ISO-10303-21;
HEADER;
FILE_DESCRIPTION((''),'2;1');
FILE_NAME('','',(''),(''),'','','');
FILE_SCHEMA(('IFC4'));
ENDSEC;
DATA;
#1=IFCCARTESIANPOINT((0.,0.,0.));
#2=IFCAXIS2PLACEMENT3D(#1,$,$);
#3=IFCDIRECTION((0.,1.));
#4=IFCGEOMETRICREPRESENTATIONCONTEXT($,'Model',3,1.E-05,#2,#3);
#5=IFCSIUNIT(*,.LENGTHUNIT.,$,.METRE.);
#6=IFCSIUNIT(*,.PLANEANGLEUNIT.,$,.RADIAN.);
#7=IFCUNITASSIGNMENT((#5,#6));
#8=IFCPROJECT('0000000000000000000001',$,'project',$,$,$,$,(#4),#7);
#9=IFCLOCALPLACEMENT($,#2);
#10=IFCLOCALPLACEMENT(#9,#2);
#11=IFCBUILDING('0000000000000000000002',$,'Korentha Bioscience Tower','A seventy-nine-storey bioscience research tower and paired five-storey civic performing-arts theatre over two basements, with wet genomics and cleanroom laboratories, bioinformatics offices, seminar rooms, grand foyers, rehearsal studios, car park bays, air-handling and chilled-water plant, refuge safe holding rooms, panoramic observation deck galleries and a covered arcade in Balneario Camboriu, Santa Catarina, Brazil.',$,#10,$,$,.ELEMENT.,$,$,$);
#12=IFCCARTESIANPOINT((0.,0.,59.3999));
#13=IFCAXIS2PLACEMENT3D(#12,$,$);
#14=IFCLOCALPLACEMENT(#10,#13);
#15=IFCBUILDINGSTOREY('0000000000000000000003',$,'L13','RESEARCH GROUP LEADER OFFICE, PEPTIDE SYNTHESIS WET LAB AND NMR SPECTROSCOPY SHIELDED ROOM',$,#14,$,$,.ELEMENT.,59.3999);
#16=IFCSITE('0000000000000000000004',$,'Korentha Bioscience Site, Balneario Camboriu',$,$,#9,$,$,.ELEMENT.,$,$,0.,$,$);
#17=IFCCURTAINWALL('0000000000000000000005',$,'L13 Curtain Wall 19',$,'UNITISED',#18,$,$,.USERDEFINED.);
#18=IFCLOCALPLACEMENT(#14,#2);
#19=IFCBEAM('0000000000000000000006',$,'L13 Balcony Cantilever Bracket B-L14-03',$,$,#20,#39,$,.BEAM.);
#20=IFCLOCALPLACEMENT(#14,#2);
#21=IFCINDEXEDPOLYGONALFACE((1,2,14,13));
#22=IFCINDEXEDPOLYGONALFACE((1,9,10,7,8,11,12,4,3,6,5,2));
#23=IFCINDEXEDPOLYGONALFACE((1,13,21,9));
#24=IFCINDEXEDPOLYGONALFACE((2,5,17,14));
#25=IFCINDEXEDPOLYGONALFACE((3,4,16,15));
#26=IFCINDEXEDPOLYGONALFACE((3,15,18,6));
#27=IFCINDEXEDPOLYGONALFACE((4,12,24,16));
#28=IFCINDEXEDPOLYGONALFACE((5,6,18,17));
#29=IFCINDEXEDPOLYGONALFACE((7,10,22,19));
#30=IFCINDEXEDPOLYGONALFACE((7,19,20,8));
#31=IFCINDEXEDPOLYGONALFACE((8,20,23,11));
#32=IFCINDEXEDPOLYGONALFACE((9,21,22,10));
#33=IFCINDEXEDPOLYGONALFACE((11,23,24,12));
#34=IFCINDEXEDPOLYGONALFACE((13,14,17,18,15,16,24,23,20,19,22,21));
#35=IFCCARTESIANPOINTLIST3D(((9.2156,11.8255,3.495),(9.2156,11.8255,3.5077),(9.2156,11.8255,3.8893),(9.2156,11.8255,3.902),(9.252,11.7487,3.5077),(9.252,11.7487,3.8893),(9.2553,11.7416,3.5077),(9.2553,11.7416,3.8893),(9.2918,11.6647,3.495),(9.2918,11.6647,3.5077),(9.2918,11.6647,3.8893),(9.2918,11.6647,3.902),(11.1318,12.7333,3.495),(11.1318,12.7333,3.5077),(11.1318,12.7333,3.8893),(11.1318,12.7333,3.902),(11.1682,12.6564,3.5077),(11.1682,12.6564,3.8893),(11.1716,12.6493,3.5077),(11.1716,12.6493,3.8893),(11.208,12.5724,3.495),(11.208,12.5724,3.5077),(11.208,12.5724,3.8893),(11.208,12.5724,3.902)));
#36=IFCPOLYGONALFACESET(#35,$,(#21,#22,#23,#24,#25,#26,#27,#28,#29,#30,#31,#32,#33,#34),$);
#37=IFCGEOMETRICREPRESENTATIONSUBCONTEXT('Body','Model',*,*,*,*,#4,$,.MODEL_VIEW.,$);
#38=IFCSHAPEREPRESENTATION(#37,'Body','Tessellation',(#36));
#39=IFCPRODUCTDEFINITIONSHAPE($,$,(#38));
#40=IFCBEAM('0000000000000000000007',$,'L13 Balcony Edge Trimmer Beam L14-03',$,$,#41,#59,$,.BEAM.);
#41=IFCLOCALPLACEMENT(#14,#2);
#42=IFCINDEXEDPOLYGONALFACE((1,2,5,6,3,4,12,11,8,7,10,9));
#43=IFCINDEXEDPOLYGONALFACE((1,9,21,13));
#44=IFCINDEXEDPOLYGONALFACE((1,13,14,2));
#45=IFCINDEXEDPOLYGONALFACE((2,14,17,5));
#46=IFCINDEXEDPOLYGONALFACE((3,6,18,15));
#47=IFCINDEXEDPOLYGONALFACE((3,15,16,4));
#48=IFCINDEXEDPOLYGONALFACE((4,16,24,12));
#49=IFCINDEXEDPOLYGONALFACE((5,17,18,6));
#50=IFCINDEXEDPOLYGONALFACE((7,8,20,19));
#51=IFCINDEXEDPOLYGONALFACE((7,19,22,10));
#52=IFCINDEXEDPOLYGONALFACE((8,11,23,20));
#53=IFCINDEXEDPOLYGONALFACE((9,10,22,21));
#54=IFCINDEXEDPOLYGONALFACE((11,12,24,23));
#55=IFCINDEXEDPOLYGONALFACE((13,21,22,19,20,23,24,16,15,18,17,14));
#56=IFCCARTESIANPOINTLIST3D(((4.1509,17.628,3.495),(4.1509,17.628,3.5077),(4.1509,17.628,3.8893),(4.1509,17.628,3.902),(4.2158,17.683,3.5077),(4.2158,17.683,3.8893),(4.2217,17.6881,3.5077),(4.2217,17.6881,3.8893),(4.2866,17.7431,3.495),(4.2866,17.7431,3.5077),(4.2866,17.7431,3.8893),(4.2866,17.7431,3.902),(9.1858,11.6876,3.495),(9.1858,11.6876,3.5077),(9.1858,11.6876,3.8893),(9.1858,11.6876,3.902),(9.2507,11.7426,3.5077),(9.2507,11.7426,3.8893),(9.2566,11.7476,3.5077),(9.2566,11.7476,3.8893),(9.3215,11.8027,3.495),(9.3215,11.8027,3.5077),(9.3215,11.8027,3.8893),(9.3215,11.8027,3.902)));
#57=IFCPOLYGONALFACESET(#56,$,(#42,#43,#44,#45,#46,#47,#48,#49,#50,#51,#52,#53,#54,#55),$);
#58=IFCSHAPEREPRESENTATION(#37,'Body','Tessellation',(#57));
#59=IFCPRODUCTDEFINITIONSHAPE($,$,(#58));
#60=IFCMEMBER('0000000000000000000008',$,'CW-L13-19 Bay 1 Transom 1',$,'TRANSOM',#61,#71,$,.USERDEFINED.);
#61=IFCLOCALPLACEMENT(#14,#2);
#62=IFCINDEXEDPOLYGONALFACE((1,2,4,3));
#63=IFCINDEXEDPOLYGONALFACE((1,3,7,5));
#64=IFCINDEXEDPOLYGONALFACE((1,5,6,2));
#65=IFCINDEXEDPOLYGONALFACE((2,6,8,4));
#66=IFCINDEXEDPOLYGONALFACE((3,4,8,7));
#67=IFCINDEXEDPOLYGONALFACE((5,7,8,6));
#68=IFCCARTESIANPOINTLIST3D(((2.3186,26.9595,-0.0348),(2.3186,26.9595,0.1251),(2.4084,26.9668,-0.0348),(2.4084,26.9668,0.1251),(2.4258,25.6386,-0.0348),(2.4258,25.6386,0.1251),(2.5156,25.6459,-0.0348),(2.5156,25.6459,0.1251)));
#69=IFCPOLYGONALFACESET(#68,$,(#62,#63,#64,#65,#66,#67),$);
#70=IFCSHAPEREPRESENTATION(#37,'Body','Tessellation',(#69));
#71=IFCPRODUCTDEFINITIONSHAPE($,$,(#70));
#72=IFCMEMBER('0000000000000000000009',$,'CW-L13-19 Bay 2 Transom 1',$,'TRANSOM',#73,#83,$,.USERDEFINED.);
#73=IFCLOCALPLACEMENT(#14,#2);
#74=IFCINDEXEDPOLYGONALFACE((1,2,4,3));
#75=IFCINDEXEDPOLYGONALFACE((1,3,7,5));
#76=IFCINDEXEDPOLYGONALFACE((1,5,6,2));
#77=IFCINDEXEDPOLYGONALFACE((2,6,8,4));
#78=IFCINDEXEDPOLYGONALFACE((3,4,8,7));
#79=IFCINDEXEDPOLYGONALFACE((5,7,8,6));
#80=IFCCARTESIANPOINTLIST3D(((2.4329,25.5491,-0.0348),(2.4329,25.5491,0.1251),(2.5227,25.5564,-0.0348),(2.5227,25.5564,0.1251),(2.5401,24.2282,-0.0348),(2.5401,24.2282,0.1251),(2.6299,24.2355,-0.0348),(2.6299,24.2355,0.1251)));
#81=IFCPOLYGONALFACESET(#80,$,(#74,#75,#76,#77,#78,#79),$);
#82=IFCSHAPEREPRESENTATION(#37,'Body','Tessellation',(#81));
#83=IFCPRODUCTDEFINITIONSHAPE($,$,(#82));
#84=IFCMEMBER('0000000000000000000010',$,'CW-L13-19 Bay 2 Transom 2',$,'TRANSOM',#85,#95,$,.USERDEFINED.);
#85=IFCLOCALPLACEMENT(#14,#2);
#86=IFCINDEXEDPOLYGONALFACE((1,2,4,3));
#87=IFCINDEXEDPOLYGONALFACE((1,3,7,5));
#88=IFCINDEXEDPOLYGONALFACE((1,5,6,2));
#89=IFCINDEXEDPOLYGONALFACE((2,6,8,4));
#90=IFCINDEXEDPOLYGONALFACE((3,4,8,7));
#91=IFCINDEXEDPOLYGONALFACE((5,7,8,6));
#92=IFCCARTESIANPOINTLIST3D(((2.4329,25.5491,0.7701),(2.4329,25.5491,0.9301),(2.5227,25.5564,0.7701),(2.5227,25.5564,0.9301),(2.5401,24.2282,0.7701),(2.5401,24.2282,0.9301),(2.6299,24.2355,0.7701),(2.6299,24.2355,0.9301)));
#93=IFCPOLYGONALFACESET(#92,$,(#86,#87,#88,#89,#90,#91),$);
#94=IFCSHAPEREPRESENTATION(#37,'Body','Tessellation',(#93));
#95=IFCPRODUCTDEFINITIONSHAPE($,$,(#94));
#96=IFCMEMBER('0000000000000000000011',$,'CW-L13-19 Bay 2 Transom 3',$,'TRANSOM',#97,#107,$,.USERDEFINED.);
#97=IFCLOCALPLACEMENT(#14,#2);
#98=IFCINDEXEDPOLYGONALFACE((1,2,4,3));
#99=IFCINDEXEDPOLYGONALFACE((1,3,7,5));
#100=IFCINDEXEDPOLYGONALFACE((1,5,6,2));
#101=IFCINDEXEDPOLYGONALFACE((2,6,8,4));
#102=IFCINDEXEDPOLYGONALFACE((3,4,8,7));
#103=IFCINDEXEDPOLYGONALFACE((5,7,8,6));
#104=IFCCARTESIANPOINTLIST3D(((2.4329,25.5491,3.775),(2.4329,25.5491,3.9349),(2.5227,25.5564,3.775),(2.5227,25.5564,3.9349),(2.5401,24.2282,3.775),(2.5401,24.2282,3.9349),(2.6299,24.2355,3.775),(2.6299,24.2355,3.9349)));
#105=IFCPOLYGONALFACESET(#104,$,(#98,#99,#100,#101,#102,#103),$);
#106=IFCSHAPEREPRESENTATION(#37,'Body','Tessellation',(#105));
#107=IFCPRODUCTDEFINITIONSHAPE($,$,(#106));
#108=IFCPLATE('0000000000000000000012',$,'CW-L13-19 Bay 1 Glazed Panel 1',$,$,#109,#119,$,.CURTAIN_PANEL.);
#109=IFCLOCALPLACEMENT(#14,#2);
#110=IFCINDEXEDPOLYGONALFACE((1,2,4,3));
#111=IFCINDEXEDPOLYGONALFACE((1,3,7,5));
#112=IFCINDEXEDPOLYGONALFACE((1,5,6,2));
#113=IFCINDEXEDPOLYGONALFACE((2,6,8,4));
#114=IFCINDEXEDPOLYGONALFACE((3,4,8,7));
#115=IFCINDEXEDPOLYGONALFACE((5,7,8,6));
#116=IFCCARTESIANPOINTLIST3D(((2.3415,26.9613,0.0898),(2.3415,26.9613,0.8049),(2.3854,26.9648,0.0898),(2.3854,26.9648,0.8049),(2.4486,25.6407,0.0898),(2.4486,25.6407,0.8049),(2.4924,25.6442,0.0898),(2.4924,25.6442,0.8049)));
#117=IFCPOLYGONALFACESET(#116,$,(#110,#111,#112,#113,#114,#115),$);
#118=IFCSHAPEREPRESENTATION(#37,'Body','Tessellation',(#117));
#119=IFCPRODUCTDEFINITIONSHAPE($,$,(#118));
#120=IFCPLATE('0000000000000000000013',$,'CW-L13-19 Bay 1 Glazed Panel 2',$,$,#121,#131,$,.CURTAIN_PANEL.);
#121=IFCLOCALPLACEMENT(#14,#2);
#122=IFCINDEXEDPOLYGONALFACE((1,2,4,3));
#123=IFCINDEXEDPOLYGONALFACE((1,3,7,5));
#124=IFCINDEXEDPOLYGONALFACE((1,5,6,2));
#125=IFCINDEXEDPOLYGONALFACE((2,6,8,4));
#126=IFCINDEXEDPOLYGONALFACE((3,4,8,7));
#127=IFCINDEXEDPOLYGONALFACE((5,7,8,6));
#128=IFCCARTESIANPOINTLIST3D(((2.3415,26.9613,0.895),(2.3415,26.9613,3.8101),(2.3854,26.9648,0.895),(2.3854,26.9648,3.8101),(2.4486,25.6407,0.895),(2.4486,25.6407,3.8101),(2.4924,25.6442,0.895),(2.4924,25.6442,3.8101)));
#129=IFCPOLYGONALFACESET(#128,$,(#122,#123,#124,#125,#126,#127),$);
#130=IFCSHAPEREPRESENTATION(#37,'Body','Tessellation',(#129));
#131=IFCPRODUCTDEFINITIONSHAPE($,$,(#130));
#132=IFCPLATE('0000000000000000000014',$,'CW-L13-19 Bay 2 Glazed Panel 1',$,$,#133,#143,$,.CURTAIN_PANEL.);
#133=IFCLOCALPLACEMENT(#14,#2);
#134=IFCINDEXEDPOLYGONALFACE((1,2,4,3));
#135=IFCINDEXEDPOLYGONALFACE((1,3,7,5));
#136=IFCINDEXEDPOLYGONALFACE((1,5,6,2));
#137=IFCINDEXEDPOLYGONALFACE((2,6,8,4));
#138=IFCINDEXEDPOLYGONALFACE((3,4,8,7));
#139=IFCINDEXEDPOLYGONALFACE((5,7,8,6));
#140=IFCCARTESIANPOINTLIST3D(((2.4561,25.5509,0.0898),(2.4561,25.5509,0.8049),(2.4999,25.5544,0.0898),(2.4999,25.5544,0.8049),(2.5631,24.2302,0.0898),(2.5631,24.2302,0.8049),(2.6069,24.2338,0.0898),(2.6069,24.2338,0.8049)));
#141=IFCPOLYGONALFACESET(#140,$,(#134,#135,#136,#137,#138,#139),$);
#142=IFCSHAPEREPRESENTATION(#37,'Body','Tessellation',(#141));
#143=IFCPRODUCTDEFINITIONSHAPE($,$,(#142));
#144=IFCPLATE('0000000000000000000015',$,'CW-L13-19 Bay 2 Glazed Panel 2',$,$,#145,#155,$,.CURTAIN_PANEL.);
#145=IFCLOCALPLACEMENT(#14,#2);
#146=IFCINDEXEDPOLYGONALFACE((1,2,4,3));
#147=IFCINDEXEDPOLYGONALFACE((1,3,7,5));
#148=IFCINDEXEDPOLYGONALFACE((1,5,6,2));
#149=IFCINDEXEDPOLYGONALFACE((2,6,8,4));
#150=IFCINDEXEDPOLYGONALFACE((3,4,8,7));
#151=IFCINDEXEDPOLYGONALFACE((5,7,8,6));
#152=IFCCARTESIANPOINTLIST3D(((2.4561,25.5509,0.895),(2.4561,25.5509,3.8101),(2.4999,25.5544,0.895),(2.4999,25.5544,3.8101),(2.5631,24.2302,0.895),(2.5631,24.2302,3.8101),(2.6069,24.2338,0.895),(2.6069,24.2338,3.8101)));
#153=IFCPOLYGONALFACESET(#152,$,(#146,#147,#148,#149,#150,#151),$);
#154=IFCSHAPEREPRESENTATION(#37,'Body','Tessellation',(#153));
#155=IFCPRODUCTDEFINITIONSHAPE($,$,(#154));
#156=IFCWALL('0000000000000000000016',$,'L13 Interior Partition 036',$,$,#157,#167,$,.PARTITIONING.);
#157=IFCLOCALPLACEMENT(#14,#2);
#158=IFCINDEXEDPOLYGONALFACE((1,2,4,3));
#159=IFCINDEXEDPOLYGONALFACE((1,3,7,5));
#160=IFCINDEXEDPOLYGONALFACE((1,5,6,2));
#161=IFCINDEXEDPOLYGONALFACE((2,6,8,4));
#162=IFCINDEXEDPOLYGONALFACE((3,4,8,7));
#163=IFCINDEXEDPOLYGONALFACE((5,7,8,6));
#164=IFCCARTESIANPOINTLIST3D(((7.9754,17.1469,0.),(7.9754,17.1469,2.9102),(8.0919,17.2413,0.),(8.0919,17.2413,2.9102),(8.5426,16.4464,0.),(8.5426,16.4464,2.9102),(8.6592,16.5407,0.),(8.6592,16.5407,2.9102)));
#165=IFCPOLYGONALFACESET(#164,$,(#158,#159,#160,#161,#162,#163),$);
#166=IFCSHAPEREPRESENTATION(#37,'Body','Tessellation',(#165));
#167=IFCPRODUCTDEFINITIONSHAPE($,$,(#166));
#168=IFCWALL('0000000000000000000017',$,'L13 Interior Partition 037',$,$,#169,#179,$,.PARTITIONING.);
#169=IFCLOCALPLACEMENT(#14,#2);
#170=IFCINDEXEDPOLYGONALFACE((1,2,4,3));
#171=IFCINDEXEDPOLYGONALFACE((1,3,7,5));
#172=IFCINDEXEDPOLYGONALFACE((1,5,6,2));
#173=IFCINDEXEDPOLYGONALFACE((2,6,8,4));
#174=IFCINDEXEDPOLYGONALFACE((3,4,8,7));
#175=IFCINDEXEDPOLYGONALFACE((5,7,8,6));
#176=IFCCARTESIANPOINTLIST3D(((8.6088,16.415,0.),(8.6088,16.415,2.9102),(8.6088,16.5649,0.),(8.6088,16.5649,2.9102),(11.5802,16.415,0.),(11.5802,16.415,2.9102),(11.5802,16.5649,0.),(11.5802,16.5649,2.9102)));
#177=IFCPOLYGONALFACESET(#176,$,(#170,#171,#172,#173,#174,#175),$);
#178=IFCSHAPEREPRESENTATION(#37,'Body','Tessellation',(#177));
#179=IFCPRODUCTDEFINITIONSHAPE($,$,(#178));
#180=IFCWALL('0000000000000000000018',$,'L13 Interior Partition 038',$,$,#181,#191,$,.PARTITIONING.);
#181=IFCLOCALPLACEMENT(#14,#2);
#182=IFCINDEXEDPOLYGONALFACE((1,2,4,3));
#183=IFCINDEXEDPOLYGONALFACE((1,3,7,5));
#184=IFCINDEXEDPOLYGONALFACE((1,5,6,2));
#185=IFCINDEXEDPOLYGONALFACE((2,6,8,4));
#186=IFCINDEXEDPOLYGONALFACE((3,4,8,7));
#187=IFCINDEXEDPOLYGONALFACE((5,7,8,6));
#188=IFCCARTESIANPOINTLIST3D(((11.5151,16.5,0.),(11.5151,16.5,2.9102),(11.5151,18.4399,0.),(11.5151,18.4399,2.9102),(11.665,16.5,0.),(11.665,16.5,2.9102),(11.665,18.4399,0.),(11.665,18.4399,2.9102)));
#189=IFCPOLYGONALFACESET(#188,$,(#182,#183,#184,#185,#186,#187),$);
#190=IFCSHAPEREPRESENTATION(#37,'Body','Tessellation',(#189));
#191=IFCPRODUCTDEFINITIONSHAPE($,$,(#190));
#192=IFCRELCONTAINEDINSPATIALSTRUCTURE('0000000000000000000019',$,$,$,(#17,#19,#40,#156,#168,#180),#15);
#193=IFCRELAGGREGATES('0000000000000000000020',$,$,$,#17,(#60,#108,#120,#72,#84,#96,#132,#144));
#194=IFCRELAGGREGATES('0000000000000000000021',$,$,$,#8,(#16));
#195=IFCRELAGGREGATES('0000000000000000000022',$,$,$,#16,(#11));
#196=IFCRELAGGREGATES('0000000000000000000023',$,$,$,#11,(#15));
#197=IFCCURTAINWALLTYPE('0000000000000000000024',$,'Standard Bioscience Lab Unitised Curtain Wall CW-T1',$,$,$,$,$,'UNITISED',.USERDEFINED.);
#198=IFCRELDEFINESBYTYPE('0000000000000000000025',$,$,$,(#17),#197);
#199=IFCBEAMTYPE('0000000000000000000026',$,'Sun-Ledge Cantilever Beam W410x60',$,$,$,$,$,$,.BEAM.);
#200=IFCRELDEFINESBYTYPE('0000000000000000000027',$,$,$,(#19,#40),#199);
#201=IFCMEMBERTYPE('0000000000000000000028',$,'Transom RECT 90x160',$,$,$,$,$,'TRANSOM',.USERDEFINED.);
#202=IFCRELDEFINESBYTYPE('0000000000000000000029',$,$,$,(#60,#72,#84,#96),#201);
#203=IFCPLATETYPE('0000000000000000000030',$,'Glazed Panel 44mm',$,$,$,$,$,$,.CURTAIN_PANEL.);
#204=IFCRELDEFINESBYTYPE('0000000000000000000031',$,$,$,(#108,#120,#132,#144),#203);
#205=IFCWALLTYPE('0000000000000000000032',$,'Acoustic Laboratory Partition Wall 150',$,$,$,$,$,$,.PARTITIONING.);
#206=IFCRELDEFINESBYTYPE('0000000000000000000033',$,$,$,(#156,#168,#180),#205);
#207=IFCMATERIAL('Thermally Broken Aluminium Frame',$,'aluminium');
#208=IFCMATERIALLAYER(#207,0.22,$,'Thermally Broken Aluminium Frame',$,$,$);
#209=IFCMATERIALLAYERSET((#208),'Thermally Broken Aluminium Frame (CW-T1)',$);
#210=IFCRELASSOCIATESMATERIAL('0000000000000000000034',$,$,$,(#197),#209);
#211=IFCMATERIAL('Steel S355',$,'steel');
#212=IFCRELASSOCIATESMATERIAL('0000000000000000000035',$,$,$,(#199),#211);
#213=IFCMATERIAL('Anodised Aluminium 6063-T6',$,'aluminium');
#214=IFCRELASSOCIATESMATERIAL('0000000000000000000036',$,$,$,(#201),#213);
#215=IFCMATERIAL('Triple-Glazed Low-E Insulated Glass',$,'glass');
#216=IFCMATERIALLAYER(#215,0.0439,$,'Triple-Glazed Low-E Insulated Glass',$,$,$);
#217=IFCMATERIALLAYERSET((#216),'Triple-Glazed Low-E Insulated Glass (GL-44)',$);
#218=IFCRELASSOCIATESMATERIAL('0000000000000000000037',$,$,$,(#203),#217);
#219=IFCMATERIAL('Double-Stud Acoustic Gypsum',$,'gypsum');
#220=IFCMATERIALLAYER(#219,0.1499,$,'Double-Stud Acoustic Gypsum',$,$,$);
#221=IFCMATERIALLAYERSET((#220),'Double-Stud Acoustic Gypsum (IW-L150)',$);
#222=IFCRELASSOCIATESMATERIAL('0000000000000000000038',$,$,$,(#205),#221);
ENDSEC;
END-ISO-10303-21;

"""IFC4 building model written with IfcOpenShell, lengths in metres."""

from ifc_helpers import new_model, si_unit, direction, frame, frame_2d, origin, origin_2d, place, context, subcontext, project, spatial, rectangle, i_section, extrude, material, layer, layer_set, material_profile, profile_set, type_object, element, aggregate, save


model = new_model("IFC4")

# Units and contexts
model_context = context("Model", 3, precision=1e-05, world=origin(), true_north=direction((0.0, 1.0)))
body_context = subcontext(model_context, "Body", "Model", "MODEL_VIEW")
ifc_project = project(units=[si_unit("LENGTHUNIT", "METRE"), si_unit("PLANEANGLEUNIT", "RADIAN")], contexts=[model_context])

# Site, building, storey
site_placement = place(None, origin())
site = spatial("IfcSite", under=ifc_project, at=site_placement, Name="Korentha Bioscience Site, Balneario Camboriu", CompositionType="ELEMENT", RefElevation=0.0)
building_placement = place(site_placement, origin())
building = spatial("IfcBuilding", under=site, at=building_placement, Name="Korentha Bioscience Tower", Description="A seventy-nine-storey bioscience research tower and paired five-storey civic performing-arts theatre over two basements, with wet genomics and cleanroom laboratories, bioinformatics offices, seminar rooms, grand foyers, rehearsal studios, car park bays, air-handling and chilled-water plant, refuge safe holding rooms, panoramic observation deck galleries and a covered arcade in Balneario Camboriu, Santa Catarina, Brazil.", CompositionType="ELEMENT")
storey_placement = place(building_placement, frame((0.0, 0.0, 59.3999)))
storey = spatial("IfcBuildingStorey", under=building, at=storey_placement, Name="L13", Description="RESEARCH GROUP LEADER OFFICE, PEPTIDE SYNTHESIS WET LAB AND NMR SPECTROSCOPY SHIELDED ROOM", CompositionType="ELEMENT", Elevation=59.3999)

# Curtain wall
ifc_material_1 = material(Name="Thermally Broken Aluminium Frame", Category="aluminium")
ifc_layer_1 = layer(ifc_material_1, 0.22, Name="Thermally Broken Aluminium Frame")
ifc_layer_set_1 = layer_set([ifc_layer_1], Name="Thermally Broken Aluminium Frame (CW-T1)")
curtain_wall_type = type_object("IfcCurtainWallType", Name="Standard Bioscience Lab Unitised Curtain Wall CW-T1", ElementType="UNITISED", PredefinedType="USERDEFINED", material=ifc_layer_set_1)
curtain_wall_1_placement = place(storey_placement, origin())
curtain_wall_1 = element("IfcCurtainWall", 1, at=curtain_wall_1_placement, inside=storey, type_object=curtain_wall_type, Name="L13 Curtain Wall 19", ObjectType="UNITISED", PredefinedType="USERDEFINED")
ifc_material_2 = material(Name="Anodised Aluminium 6063-T6", Category="aluminium")

# Beams
ifc_material_3 = material(Name="Steel S355", Category="steel")
ifc_material_profile_1 = material_profile(ifc_material_3, i_section(OverallWidth=0.178, OverallDepth=0.407, WebThickness=0.0078, FlangeThickness=0.0127, at=origin_2d()), Name="Steel S355")
ifc_profile_set_1 = profile_set([ifc_material_profile_1], Name="Steel S355 (CB-410)")
beam_type_1 = type_object("IfcBeamType", Name="Sun-Ledge Cantilever Beam W410x60", PredefinedType="BEAM", material=ifc_profile_set_1)
beam_1_placement = place(storey_placement, frame((11.1699, 12.6528, 3.6985), z_axis=(-0.903735, -0.428091, 0.0), x_axis=(0.428091, -0.903735, 0.0)))
element("IfcBeam", 2, at=beam_1_placement, inside=storey, type_object=beam_type_1, Name="L13 Balcony Cantilever Bracket B-L14-03", PredefinedType="BEAM", context=body_context, shape_type="SweptSolid", body=[
    extrude(i_section(OverallWidth=0.178, OverallDepth=0.407, WebThickness=0.0078, FlangeThickness=0.0127, at=origin_2d()), origin(), (0.0, 0.0, 1.0), 2.1204),
])
beam_2_placement = place(storey_placement, frame((4.2188, 17.6855, 3.6985), z_axis=(0.64657, -0.762854, 0.0), x_axis=(0.762854, 0.64657, 0.0)))
element("IfcBeam", 3, at=beam_2_placement, inside=storey, type_object=beam_type_1, Name="L13 Balcony Edge Trimmer Beam L14-03", PredefinedType="BEAM", context=body_context, shape_type="SweptSolid", body=[
    extrude(i_section(OverallWidth=0.178, OverallDepth=0.407, WebThickness=0.0078, FlangeThickness=0.0127, at=origin_2d()), origin(), (0.0, 0.0, 1.0), 7.7871),
])

# Members
ifc_material_profile_2 = material_profile(ifc_material_2, rectangle(XDim=0.0901, YDim=0.1599, at=origin_2d()), Name="Anodised Aluminium 6063-T6")
ifc_profile_set_2 = profile_set([ifc_material_profile_2], Name="Anodised Aluminium 6063-T6 (CW-TRN)")
member_type_1 = type_object("IfcMemberType", Name="Transom RECT 90x160", ElementType="TRANSOM", PredefinedType="USERDEFINED", material=ifc_profile_set_2)
member_1_placement = place(storey_placement, frame((2.3635, 26.9631, 0.0452), z_axis=(0.08088, -0.996724, 0.0), x_axis=(0.996724, 0.08088, 0.0)))
member_1 = element("IfcMember", 4, at=member_1_placement, type_object=member_type_1, Name="CW-L13-19 Bay 1 Transom 1", ObjectType="TRANSOM", PredefinedType="USERDEFINED", context=body_context, shape_type="SweptSolid", body=[
    extrude(rectangle(XDim=0.0901, YDim=0.1599, at=origin_2d()), origin(), (0.0, 0.0, 1.0), 1.3252),
])
member_2_placement = place(storey_placement, frame((2.4778, 25.5527, 0.0452), z_axis=(0.08088, -0.996724, 0.0), x_axis=(0.996724, 0.08088, 0.0)))
member_2 = element("IfcMember", 5, at=member_2_placement, type_object=member_type_1, Name="CW-L13-19 Bay 2 Transom 1", ObjectType="TRANSOM", PredefinedType="USERDEFINED", context=body_context, shape_type="SweptSolid", body=[
    extrude(rectangle(XDim=0.0901, YDim=0.1599, at=origin_2d()), origin(), (0.0, 0.0, 1.0), 1.3252),
])
member_3_placement = place(storey_placement, frame((2.4778, 25.5527, 0.8501), z_axis=(0.08088, -0.996724, 0.0), x_axis=(0.996724, 0.08088, 0.0)))
member_3 = element("IfcMember", 6, at=member_3_placement, type_object=member_type_1, Name="CW-L13-19 Bay 2 Transom 2", ObjectType="TRANSOM", PredefinedType="USERDEFINED", context=body_context, shape_type="SweptSolid", body=[
    extrude(rectangle(XDim=0.0901, YDim=0.1599, at=origin_2d()), origin(), (0.0, 0.0, 1.0), 1.3252),
])
member_4_placement = place(storey_placement, frame((2.4778, 25.5527, 3.855), z_axis=(0.08088, -0.996724, 0.0), x_axis=(0.996724, 0.08088, 0.0)))
member_4 = element("IfcMember", 7, at=member_4_placement, type_object=member_type_1, Name="CW-L13-19 Bay 2 Transom 3", ObjectType="TRANSOM", PredefinedType="USERDEFINED", context=body_context, shape_type="SweptSolid", body=[
    extrude(rectangle(XDim=0.0901, YDim=0.1599, at=origin_2d()), origin(), (0.0, 0.0, 1.0), 1.3252),
])

# Plates
ifc_material_4 = material(Name="Triple-Glazed Low-E Insulated Glass", Category="glass")
ifc_layer_2 = layer(ifc_material_4, 0.0439, Name="Triple-Glazed Low-E Insulated Glass")
ifc_layer_set_2 = layer_set([ifc_layer_2], Name="Triple-Glazed Low-E Insulated Glass (GL-44)")
plate_type = type_object("IfcPlateType", Name="Glazed Panel 44mm", PredefinedType="CURTAIN_PANEL", material=ifc_layer_set_2)
plate_1_placement = place(storey_placement, frame((2.417, 26.3027, 0.0898), z_axis=(0.0, 0.0, 1.0), x_axis=(0.08082, -0.996729, 0.0)))
plate_1 = element("IfcPlate", 8, at=plate_1_placement, type_object=plate_type, Name="CW-L13-19 Bay 1 Glazed Panel 1", PredefinedType="CURTAIN_PANEL", context=body_context, shape_type="SweptSolid", body=[
    extrude(rectangle(XDim=1.325, YDim=0.0439, at=origin_2d()), origin(), (0.0, 0.0, 1.0), 0.7151),
])
plate_2_placement = place(storey_placement, frame((2.417, 26.3027, 0.895), z_axis=(0.0, 0.0, 1.0), x_axis=(0.08082, -0.996729, 0.0)))
plate_2 = element("IfcPlate", 9, at=plate_2_placement, type_object=plate_type, Name="CW-L13-19 Bay 1 Glazed Panel 2", PredefinedType="CURTAIN_PANEL", context=body_context, shape_type="SweptSolid", body=[
    extrude(rectangle(XDim=1.325, YDim=0.0439, at=origin_2d()), origin(), (0.0, 0.0, 1.0), 2.915),
])
plate_3_placement = place(storey_placement, frame((2.5315, 24.8923, 0.0898), z_axis=(0.0, 0.0, 1.0), x_axis=(0.08082, -0.996729, 0.0)))
plate_3 = element("IfcPlate", 10, at=plate_3_placement, type_object=plate_type, Name="CW-L13-19 Bay 2 Glazed Panel 1", PredefinedType="CURTAIN_PANEL", context=body_context, shape_type="SweptSolid", body=[
    extrude(rectangle(XDim=1.325, YDim=0.0439, at=origin_2d()), origin(), (0.0, 0.0, 1.0), 0.7151),
])
plate_4_placement = place(storey_placement, frame((2.5315, 24.8923, 0.895), z_axis=(0.0, 0.0, 1.0), x_axis=(0.08082, -0.996729, 0.0)))
plate_4 = element("IfcPlate", 11, at=plate_4_placement, type_object=plate_type, Name="CW-L13-19 Bay 2 Glazed Panel 2", PredefinedType="CURTAIN_PANEL", context=body_context, shape_type="SweptSolid", body=[
    extrude(rectangle(XDim=1.325, YDim=0.0439, at=origin_2d()), origin(), (0.0, 0.0, 1.0), 2.915),
])
aggregate(curtain_wall_1, [member_1, plate_1, plate_2, member_2, member_3, member_4, plate_3, plate_4])

# Shared definitions
ifc_material_5 = material(Name="Double-Stud Acoustic Gypsum", Category="gypsum")
ifc_layer_3 = layer(ifc_material_5, 0.1499, Name="Double-Stud Acoustic Gypsum")
ifc_layer_set_3 = layer_set([ifc_layer_3], Name="Double-Stud Acoustic Gypsum (IW-L150)")
wall_type_1 = type_object("IfcWallType", Name="Acoustic Laboratory Partition Wall 150", PredefinedType="PARTITIONING", material=ifc_layer_set_3)

# Walls
wall_1_placement = place(storey_placement, frame((8.0337, 17.1941, 0.0), z_axis=(0.0, 0.0, 1.0), x_axis=(0.629276, -0.777182, 0.0)))
element("IfcWall", 12, at=wall_1_placement, inside=storey, type_object=wall_type_1, Name="L13 Interior Partition 036", PredefinedType="PARTITIONING", context=body_context, shape_type="SweptSolid", body=[
    extrude(rectangle(XDim=0.9014, YDim=0.1499, at=frame_2d((0.4507, 0.0))), origin(), (0.0, 0.0, 1.0), 2.9102),
])
wall_2_placement = place(storey_placement, frame((8.6086, 16.49, 0.0), z_axis=(0.0, 0.0, 1.0), x_axis=(1.0, 0.0, 0.0)))
element("IfcWall", 13, at=wall_2_placement, inside=storey, type_object=wall_type_1, Name="L13 Interior Partition 037", PredefinedType="PARTITIONING", context=body_context, shape_type="SweptSolid", body=[
    extrude(rectangle(XDim=2.9714, YDim=0.1499, at=frame_2d((1.4858, 0.0))), origin(), (0.0, 0.0, 1.0), 2.9102),
])
wall_3_placement = place(storey_placement, frame((11.5901, 16.5, 0.0), z_axis=(0.0, 0.0, 1.0), x_axis=(0.0, 1.0, 0.0)))
element("IfcWall", 14, at=wall_3_placement, inside=storey, type_object=wall_type_1, Name="L13 Interior Partition 038", PredefinedType="PARTITIONING", context=body_context, shape_type="SweptSolid", body=[
    extrude(rectangle(XDim=1.9399, YDim=0.1499, at=frame_2d((0.97, 0.0))), origin(), (0.0, 0.0, 1.0), 2.9102),
])

save(model, "model.ifc")
